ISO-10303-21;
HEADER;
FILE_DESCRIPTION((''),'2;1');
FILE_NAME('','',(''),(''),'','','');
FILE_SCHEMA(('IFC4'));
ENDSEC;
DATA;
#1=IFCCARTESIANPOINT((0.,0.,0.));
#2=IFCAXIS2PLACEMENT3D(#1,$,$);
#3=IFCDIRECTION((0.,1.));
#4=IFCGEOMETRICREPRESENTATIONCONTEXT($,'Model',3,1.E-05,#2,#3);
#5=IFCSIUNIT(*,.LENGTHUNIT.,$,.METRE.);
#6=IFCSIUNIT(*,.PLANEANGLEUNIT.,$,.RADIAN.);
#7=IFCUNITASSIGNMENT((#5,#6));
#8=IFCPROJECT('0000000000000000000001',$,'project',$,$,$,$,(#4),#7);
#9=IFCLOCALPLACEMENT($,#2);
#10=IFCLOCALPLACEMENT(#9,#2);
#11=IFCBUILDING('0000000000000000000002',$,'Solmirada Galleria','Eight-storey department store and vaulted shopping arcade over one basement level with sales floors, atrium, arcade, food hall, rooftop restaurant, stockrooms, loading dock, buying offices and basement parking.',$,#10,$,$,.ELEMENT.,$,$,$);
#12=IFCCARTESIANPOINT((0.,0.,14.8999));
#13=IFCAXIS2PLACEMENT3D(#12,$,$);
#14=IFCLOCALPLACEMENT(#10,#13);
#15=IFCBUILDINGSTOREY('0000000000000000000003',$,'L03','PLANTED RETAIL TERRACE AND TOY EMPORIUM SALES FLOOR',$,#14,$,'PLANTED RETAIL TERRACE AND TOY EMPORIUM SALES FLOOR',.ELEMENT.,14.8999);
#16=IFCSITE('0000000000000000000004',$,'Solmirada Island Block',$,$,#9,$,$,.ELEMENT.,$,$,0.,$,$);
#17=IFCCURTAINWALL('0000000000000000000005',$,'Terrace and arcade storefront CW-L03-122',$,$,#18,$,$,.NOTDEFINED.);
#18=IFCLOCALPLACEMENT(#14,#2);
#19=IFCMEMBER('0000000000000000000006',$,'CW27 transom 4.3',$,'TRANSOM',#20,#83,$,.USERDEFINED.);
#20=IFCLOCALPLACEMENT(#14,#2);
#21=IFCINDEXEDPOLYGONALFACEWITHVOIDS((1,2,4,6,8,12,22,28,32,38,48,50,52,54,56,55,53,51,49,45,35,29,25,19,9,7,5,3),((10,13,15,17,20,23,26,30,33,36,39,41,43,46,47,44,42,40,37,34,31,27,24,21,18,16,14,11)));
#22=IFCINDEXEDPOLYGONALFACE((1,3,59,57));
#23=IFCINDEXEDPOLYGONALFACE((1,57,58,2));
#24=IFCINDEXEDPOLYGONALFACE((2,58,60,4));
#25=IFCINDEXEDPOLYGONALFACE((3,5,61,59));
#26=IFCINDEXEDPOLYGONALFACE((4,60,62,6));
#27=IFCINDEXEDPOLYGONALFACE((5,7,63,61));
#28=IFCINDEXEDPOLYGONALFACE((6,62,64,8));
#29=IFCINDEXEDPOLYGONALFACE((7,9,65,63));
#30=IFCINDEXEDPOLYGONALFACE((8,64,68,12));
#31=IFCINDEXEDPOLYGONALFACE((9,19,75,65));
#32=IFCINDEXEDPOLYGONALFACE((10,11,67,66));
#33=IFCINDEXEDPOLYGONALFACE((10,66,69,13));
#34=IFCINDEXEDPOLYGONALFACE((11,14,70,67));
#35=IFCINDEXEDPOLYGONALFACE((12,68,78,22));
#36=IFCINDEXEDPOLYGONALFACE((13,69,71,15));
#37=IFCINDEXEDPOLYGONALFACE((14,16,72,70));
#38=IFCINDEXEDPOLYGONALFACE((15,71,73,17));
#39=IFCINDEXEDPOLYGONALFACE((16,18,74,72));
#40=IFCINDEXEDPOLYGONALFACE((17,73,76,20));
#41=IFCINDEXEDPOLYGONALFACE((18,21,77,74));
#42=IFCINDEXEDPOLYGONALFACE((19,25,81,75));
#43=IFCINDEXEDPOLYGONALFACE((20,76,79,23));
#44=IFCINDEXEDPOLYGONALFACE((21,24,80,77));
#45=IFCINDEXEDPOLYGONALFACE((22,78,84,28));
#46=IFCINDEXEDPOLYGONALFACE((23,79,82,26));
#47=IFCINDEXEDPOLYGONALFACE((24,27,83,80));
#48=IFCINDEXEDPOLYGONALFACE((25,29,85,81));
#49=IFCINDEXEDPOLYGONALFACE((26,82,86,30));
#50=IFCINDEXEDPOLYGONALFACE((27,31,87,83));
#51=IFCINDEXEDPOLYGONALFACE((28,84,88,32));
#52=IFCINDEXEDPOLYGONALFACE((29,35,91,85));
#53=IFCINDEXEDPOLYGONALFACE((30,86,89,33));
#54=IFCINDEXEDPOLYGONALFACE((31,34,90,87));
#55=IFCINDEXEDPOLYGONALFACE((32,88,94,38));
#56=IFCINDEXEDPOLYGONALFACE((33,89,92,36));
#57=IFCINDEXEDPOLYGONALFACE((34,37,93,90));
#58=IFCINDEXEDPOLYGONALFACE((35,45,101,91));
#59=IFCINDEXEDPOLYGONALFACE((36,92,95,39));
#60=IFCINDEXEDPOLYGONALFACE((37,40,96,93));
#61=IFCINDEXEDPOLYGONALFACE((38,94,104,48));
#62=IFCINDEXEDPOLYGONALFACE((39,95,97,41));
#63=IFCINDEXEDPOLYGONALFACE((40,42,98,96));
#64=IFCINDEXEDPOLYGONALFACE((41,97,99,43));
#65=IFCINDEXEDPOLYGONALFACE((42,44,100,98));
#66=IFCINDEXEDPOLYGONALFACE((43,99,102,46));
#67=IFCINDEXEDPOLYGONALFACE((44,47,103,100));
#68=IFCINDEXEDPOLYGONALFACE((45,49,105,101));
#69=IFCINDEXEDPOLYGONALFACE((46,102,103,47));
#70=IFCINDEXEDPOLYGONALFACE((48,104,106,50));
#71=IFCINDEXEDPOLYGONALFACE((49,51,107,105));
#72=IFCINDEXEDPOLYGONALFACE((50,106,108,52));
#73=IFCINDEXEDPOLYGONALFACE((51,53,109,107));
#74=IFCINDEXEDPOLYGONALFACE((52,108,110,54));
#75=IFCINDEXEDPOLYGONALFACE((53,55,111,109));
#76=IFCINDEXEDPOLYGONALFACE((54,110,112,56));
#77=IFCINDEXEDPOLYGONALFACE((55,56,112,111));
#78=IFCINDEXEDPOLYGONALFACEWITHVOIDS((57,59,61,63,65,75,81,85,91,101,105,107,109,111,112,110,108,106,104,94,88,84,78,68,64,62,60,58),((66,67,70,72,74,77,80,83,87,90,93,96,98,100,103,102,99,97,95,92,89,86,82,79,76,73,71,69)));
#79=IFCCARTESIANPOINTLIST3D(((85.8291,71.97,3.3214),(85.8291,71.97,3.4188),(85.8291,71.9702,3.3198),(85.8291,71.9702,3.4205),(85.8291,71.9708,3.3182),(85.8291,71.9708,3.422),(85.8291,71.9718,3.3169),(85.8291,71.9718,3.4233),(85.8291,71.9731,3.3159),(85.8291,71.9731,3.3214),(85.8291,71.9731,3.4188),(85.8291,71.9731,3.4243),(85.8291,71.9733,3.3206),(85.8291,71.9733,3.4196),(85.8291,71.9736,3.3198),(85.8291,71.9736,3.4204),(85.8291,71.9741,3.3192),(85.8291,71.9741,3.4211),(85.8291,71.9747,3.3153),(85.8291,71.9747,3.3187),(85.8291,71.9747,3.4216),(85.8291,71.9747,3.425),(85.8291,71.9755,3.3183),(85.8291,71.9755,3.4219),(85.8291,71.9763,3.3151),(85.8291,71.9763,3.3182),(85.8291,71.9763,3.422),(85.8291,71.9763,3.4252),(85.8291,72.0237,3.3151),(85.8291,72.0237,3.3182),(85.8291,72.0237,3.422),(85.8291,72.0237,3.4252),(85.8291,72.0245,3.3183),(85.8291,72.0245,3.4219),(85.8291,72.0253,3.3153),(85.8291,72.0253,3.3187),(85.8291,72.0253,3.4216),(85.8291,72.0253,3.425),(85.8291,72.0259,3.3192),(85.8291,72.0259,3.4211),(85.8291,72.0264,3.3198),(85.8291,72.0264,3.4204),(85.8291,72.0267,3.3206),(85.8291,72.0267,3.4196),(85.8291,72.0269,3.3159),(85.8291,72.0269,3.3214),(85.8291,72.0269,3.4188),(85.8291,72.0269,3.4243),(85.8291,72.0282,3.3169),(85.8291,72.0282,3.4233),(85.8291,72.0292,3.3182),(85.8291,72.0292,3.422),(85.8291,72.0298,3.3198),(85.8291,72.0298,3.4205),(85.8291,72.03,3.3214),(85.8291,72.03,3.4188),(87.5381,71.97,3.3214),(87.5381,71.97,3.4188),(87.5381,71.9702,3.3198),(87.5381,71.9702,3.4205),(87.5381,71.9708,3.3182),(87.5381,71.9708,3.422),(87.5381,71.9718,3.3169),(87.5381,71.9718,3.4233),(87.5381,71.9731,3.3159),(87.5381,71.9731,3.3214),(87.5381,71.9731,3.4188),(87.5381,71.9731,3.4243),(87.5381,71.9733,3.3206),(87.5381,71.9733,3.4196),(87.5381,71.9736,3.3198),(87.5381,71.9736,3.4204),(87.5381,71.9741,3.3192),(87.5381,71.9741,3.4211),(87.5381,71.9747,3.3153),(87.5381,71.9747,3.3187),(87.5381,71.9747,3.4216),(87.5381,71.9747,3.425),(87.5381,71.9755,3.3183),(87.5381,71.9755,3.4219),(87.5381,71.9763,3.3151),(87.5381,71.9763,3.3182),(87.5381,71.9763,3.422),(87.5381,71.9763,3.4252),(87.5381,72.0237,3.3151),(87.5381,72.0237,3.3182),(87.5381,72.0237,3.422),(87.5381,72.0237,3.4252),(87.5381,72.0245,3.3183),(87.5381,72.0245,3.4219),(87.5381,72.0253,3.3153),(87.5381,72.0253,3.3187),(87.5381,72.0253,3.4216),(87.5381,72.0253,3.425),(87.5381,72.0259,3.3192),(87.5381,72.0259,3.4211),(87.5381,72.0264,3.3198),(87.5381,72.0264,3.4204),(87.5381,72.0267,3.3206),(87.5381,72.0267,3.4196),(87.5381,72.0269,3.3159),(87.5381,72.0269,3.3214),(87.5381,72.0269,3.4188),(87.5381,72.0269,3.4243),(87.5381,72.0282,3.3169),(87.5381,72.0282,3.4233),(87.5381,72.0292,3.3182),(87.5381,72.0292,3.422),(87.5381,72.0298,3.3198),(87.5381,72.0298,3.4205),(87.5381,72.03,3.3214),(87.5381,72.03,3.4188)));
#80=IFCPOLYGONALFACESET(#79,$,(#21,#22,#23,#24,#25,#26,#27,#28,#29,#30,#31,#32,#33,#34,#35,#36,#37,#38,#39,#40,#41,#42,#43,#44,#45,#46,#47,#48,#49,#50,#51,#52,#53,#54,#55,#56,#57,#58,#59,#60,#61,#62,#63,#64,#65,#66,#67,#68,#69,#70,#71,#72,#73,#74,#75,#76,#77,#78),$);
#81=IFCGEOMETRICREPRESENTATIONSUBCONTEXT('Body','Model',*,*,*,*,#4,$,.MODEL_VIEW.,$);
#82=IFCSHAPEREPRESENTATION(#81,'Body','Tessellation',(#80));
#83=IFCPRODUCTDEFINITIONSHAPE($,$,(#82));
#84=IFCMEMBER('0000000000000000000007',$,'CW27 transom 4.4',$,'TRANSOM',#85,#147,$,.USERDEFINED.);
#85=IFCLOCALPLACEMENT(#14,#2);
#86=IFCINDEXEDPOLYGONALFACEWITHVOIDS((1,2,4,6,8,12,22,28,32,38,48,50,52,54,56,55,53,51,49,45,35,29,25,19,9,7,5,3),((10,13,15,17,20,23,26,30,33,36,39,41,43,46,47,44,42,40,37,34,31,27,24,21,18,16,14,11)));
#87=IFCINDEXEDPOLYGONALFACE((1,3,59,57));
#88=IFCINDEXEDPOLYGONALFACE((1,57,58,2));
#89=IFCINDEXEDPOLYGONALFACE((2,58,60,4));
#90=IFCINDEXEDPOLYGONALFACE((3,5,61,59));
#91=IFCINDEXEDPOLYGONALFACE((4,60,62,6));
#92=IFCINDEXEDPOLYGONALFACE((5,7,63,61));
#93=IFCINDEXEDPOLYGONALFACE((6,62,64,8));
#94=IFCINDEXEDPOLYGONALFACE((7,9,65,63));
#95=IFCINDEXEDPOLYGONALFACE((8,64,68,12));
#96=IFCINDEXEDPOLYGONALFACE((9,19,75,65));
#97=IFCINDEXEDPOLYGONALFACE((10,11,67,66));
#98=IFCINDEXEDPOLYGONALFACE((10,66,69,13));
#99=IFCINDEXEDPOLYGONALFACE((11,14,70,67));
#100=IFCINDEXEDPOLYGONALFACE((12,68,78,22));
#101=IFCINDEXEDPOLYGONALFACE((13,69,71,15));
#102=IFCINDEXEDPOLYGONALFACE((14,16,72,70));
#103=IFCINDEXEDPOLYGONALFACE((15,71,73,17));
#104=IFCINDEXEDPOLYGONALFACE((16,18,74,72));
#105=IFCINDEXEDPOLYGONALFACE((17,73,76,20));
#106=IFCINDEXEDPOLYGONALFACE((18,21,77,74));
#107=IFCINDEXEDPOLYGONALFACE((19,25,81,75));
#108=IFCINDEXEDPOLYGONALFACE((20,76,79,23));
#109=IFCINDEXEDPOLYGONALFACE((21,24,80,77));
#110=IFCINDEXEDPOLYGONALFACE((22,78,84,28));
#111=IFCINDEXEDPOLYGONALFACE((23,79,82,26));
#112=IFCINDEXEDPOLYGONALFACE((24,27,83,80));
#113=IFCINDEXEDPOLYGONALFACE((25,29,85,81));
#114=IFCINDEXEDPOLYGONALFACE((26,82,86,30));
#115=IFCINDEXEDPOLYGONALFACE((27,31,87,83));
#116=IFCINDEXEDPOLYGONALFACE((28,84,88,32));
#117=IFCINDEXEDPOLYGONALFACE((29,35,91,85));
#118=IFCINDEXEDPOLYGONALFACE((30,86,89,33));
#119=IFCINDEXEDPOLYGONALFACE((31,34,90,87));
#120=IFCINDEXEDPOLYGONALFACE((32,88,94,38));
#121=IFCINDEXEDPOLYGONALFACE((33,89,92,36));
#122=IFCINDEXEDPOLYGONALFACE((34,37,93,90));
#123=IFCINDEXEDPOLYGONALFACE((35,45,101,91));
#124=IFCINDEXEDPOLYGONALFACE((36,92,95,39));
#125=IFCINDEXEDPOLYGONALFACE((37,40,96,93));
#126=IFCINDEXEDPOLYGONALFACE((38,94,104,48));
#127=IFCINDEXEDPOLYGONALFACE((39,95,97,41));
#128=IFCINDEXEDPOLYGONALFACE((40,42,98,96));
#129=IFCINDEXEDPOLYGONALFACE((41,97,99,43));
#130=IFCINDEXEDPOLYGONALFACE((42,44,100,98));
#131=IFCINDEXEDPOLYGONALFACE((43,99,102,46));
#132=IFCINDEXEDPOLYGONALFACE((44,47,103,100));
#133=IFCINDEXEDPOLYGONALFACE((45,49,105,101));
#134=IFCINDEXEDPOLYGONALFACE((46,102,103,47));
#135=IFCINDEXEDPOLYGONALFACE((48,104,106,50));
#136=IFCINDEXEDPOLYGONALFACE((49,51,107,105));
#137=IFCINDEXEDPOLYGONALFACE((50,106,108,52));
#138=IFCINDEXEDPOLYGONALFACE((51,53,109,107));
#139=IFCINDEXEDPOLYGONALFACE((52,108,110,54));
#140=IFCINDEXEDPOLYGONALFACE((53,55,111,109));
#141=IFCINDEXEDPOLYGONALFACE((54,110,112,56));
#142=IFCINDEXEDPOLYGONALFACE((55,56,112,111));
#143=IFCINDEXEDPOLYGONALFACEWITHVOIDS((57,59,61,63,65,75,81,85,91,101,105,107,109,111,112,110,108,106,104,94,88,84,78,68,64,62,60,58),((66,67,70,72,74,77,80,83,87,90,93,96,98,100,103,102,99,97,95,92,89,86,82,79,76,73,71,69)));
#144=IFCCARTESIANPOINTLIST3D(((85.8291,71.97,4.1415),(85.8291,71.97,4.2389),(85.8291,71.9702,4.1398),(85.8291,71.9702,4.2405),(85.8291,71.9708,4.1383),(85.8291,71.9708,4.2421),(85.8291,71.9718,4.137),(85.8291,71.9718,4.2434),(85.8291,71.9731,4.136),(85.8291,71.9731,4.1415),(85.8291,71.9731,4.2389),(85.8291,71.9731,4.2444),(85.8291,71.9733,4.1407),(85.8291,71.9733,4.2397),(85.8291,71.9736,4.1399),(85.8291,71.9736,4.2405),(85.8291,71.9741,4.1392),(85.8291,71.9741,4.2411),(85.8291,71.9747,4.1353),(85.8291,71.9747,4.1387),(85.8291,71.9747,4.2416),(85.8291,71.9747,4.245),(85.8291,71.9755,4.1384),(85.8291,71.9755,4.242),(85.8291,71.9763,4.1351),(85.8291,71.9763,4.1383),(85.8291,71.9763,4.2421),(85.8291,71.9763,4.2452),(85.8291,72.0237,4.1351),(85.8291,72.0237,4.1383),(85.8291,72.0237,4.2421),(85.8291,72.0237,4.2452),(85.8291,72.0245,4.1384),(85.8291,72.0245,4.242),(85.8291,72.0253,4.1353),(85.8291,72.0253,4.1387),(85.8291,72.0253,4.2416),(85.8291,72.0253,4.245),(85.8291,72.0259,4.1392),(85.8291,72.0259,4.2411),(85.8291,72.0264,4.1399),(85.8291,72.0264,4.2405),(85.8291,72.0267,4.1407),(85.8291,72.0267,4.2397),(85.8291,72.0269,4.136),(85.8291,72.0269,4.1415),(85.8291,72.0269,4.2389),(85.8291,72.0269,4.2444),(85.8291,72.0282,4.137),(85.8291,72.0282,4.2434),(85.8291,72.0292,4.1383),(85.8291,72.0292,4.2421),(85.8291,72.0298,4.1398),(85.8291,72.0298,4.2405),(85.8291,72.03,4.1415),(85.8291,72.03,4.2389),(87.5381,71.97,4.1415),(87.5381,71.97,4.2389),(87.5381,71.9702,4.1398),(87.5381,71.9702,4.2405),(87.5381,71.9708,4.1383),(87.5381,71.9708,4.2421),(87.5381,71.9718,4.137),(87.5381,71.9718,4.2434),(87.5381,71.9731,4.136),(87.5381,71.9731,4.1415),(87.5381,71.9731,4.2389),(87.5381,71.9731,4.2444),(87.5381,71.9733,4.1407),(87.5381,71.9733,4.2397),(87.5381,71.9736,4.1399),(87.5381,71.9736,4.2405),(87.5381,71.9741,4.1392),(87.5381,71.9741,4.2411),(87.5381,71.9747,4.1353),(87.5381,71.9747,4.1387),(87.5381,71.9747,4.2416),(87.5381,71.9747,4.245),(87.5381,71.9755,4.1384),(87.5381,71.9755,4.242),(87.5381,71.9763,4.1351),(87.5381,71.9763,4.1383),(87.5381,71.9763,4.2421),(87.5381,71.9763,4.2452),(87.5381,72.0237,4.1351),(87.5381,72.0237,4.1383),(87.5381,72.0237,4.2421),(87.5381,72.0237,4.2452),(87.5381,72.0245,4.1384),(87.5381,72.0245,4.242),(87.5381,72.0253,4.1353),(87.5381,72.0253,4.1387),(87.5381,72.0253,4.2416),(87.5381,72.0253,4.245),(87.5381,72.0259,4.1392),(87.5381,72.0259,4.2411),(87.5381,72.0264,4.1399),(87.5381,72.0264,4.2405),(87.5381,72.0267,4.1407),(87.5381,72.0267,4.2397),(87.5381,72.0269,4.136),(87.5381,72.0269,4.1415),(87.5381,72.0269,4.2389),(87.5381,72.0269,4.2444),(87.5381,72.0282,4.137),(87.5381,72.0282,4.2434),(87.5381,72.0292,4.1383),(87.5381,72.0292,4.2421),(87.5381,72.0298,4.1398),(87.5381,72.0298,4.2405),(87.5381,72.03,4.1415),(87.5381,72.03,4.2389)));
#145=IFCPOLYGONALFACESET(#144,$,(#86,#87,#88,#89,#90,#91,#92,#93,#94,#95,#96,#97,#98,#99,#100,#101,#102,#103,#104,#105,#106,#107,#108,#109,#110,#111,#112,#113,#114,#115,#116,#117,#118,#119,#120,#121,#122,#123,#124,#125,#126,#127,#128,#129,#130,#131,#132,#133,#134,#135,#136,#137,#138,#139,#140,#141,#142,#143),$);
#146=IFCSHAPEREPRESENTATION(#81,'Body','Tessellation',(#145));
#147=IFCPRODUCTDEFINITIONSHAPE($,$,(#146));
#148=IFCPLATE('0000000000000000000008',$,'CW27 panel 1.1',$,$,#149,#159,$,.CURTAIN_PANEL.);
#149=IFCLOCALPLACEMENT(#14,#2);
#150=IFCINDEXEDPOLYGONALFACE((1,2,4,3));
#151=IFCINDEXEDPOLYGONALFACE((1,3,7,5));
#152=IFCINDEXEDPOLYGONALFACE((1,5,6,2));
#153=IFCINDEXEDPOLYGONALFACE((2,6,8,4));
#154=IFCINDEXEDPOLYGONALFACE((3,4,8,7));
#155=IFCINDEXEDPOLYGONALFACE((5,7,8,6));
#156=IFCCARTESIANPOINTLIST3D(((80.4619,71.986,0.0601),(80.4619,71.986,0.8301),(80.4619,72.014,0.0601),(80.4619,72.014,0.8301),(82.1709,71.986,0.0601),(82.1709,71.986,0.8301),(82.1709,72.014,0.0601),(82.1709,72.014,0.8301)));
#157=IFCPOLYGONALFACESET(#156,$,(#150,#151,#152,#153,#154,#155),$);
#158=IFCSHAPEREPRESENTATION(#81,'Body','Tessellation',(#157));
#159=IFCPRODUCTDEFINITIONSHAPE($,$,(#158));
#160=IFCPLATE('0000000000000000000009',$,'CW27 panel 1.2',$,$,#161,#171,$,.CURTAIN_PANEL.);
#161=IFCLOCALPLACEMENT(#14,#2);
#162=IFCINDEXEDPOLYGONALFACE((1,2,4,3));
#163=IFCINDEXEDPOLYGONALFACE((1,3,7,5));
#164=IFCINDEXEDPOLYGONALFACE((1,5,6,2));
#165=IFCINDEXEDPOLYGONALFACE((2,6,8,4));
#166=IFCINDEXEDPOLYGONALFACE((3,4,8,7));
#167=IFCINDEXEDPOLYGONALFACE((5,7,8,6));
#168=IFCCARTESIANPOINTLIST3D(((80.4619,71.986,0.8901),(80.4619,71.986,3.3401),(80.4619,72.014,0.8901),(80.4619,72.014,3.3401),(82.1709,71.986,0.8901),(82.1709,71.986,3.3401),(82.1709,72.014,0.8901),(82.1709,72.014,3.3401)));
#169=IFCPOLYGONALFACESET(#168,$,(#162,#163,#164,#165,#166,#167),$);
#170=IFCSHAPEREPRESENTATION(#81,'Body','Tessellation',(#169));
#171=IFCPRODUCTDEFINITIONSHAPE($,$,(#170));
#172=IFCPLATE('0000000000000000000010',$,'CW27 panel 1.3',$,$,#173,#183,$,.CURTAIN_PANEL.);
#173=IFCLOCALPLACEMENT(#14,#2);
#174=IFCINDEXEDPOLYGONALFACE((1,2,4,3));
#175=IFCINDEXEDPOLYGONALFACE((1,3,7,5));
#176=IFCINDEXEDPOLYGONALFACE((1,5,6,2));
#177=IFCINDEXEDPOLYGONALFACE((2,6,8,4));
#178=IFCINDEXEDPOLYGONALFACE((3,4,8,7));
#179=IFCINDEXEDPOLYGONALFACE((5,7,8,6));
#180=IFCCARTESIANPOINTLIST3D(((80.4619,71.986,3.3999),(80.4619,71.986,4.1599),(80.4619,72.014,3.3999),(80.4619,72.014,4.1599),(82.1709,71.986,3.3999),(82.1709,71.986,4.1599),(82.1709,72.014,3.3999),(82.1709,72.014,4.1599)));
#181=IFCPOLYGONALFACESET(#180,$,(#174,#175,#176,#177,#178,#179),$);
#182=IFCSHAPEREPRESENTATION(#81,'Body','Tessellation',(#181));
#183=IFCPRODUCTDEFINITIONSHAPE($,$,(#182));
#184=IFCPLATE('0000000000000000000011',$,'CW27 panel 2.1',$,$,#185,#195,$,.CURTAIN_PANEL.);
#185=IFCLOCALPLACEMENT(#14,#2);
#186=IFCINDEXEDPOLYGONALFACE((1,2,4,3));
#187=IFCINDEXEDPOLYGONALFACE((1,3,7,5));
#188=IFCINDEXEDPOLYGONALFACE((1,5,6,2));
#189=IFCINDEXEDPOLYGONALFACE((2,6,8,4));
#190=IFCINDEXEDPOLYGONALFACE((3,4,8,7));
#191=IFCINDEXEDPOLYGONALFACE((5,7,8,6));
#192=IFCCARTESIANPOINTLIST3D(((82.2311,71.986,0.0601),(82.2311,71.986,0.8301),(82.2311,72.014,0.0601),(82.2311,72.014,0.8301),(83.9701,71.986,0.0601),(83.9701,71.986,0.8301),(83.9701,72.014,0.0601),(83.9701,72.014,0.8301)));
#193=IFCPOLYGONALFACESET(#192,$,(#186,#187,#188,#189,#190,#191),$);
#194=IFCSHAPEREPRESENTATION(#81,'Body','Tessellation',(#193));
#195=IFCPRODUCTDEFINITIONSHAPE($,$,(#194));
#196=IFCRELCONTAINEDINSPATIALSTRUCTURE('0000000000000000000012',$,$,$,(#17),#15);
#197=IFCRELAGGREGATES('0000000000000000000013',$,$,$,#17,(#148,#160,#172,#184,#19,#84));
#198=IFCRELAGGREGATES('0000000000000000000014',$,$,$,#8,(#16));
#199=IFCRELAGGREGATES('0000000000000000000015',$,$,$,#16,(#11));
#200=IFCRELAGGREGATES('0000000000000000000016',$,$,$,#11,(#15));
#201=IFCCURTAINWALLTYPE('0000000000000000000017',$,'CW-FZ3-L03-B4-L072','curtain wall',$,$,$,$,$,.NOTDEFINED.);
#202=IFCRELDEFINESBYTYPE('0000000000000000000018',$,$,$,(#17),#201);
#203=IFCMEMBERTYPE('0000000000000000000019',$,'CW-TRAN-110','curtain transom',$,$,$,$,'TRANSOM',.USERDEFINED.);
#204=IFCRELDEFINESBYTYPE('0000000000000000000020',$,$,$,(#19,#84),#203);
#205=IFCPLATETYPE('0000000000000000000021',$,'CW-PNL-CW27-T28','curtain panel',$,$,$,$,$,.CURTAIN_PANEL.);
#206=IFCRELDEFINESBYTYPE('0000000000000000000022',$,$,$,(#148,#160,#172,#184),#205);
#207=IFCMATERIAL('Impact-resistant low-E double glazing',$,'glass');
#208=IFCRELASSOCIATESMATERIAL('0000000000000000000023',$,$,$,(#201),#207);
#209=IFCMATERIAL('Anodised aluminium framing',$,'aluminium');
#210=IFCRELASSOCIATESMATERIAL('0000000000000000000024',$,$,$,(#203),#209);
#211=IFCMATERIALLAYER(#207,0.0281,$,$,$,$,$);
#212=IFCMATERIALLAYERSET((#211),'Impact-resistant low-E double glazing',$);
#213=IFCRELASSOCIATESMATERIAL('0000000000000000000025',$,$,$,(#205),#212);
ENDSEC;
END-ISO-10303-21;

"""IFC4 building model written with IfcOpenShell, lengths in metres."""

from ifc_helpers import new_model, si_unit, direction, frame, origin, origin_2d, place, context, subcontext, project, spatial, rectangle, hollow_rectangle, extrude, material, layer, layer_set, material_profile, profile_set, type_object, element, aggregate, save


model = new_model("IFC4")

# Units and contexts
model_context = context("Model", 3, precision=1e-05, world=origin(), true_north=direction((0.0, 1.0)))
body_context = subcontext(model_context, "Body", "Model", "MODEL_VIEW")
ifc_project = project(units=[si_unit("LENGTHUNIT", "METRE"), si_unit("PLANEANGLEUNIT", "RADIAN")], contexts=[model_context])

# Site, building, storey
site_placement = place(None, origin())
site = spatial("IfcSite", under=ifc_project, at=site_placement, Name="Solmirada Island Block", CompositionType="ELEMENT", RefElevation=0.0)
building_placement = place(site_placement, origin())
building = spatial("IfcBuilding", under=site, at=building_placement, Name="Solmirada Galleria", Description="Eight-storey department store and vaulted shopping arcade over one basement level with sales floors, atrium, arcade, food hall, rooftop restaurant, stockrooms, loading dock, buying offices and basement parking.", CompositionType="ELEMENT")
storey_placement = place(building_placement, frame((0.0, 0.0, 14.8999)))
storey = spatial("IfcBuildingStorey", under=building, at=storey_placement, Name="L03", Description="PLANTED RETAIL TERRACE AND TOY EMPORIUM SALES FLOOR", LongName="PLANTED RETAIL TERRACE AND TOY EMPORIUM SALES FLOOR", CompositionType="ELEMENT", Elevation=14.8999)

# Shared definitions
ifc_material_1 = material(Name="Impact-resistant low-E double glazing", Category="glass")
curtain_wall_type = type_object("IfcCurtainWallType", Name="CW-FZ3-L03-B4-L072", Description="curtain wall", PredefinedType="NOTDEFINED", material=ifc_material_1)
ifc_material_2 = material(Name="Anodised aluminium framing", Category="aluminium")

# Curtain wall, members, plates
curtain_wall_1_placement = place(storey_placement, origin())
curtain_wall_1 = element("IfcCurtainWall", 1, at=curtain_wall_1_placement, inside=storey, type_object=curtain_wall_type, Name="Terrace and arcade storefront CW-L03-122", PredefinedType="NOTDEFINED")
ifc_material_profile_1 = material_profile(ifc_material_2, hollow_rectangle(XDim=0.0601, YDim=0.1101, WallThickness=0.0032, InnerFilletRadius=0.0032, OuterFilletRadius=0.0063, at=origin_2d()), Name="ALU-TRAN-110X60")
ifc_profile_set_1 = profile_set([ifc_material_profile_1], Name="Anodised aluminium framing")
member_type_1 = type_object("IfcMemberType", Name="CW-TRAN-110", Description="curtain transom", ElementType="TRANSOM", PredefinedType="USERDEFINED", material=ifc_profile_set_1)
member_1_placement = place(storey_placement, frame((85.8291, 72.0, 3.3701), z_axis=(1.0, 0.0, 0.0), x_axis=(0.0, 1.0, 0.0)))
member_1 = element("IfcMember", 2, at=member_1_placement, type_object=member_type_1, Name="CW27 transom 4.3", ObjectType="TRANSOM", PredefinedType="USERDEFINED", context=body_context, shape_type="SweptSolid", body=[
    extrude(hollow_rectangle(XDim=0.0601, YDim=0.1101, WallThickness=0.0032, InnerFilletRadius=0.0032, OuterFilletRadius=0.0063, at=origin_2d()), origin(), (0.0, 0.0, 1.0), 1.709),
])
member_2_placement = place(storey_placement, frame((85.8291, 72.0, 4.1902), z_axis=(1.0, 0.0, 0.0), x_axis=(0.0, 1.0, 0.0)))
member_2 = element("IfcMember", 3, at=member_2_placement, type_object=member_type_1, Name="CW27 transom 4.4", ObjectType="TRANSOM", PredefinedType="USERDEFINED", context=body_context, shape_type="SweptSolid", body=[
    extrude(hollow_rectangle(XDim=0.0601, YDim=0.1101, WallThickness=0.0032, InnerFilletRadius=0.0032, OuterFilletRadius=0.0063, at=origin_2d()), origin(), (0.0, 0.0, 1.0), 1.709),
])
ifc_layer = layer(ifc_material_1, 0.0281)
ifc_layer_set = layer_set([ifc_layer], Name="Impact-resistant low-E double glazing")
plate_type = type_object("IfcPlateType", Name="CW-PNL-CW27-T28", Description="curtain panel", PredefinedType="CURTAIN_PANEL", material=ifc_layer_set)
plate_1_placement = place(storey_placement, frame((81.3164, 72.0, 0.0601), z_axis=(0.0, 0.0, 1.0), x_axis=(1.0, 0.0, 0.0)))
plate_1 = element("IfcPlate", 4, at=plate_1_placement, type_object=plate_type, Name="CW27 panel 1.1", PredefinedType="CURTAIN_PANEL", context=body_context, shape_type="SweptSolid", body=[
    extrude(rectangle(XDim=1.709, YDim=0.0281, at=origin_2d()), origin(), (0.0, 0.0, 1.0), 0.77),
])
plate_2_placement = place(storey_placement, frame((81.3164, 72.0, 0.8901), z_axis=(0.0, 0.0, 1.0), x_axis=(1.0, 0.0, 0.0)))
plate_2 = element("IfcPlate", 5, at=plate_2_placement, type_object=plate_type, Name="CW27 panel 1.2", PredefinedType="CURTAIN_PANEL", context=body_context, shape_type="SweptSolid", body=[
    extrude(rectangle(XDim=1.709, YDim=0.0281, at=origin_2d()), origin(), (0.0, 0.0, 1.0), 2.45),
])
plate_3_placement = place(storey_placement, frame((81.3164, 72.0, 3.3999), z_axis=(0.0, 0.0, 1.0), x_axis=(1.0, 0.0, 0.0)))
plate_3 = element("IfcPlate", 6, at=plate_3_placement, type_object=plate_type, Name="CW27 panel 1.3", PredefinedType="CURTAIN_PANEL", context=body_context, shape_type="SweptSolid", body=[
    extrude(rectangle(XDim=1.709, YDim=0.0281, at=origin_2d()), origin(), (0.0, 0.0, 1.0), 0.76),
])
plate_4_placement = place(storey_placement, frame((83.1006, 72.0, 0.0601), z_axis=(0.0, 0.0, 1.0), x_axis=(1.0, 0.0, 0.0)))
plate_4 = element("IfcPlate", 7, at=plate_4_placement, type_object=plate_type, Name="CW27 panel 2.1", PredefinedType="CURTAIN_PANEL", context=body_context, shape_type="SweptSolid", body=[
    extrude(rectangle(XDim=1.739, YDim=0.0281, at=origin_2d()), origin(), (0.0, 0.0, 1.0), 0.77),
])
aggregate(curtain_wall_1, [plate_1, plate_2, plate_3, plate_4, member_1, member_2])

save(model, "model.ifc")
